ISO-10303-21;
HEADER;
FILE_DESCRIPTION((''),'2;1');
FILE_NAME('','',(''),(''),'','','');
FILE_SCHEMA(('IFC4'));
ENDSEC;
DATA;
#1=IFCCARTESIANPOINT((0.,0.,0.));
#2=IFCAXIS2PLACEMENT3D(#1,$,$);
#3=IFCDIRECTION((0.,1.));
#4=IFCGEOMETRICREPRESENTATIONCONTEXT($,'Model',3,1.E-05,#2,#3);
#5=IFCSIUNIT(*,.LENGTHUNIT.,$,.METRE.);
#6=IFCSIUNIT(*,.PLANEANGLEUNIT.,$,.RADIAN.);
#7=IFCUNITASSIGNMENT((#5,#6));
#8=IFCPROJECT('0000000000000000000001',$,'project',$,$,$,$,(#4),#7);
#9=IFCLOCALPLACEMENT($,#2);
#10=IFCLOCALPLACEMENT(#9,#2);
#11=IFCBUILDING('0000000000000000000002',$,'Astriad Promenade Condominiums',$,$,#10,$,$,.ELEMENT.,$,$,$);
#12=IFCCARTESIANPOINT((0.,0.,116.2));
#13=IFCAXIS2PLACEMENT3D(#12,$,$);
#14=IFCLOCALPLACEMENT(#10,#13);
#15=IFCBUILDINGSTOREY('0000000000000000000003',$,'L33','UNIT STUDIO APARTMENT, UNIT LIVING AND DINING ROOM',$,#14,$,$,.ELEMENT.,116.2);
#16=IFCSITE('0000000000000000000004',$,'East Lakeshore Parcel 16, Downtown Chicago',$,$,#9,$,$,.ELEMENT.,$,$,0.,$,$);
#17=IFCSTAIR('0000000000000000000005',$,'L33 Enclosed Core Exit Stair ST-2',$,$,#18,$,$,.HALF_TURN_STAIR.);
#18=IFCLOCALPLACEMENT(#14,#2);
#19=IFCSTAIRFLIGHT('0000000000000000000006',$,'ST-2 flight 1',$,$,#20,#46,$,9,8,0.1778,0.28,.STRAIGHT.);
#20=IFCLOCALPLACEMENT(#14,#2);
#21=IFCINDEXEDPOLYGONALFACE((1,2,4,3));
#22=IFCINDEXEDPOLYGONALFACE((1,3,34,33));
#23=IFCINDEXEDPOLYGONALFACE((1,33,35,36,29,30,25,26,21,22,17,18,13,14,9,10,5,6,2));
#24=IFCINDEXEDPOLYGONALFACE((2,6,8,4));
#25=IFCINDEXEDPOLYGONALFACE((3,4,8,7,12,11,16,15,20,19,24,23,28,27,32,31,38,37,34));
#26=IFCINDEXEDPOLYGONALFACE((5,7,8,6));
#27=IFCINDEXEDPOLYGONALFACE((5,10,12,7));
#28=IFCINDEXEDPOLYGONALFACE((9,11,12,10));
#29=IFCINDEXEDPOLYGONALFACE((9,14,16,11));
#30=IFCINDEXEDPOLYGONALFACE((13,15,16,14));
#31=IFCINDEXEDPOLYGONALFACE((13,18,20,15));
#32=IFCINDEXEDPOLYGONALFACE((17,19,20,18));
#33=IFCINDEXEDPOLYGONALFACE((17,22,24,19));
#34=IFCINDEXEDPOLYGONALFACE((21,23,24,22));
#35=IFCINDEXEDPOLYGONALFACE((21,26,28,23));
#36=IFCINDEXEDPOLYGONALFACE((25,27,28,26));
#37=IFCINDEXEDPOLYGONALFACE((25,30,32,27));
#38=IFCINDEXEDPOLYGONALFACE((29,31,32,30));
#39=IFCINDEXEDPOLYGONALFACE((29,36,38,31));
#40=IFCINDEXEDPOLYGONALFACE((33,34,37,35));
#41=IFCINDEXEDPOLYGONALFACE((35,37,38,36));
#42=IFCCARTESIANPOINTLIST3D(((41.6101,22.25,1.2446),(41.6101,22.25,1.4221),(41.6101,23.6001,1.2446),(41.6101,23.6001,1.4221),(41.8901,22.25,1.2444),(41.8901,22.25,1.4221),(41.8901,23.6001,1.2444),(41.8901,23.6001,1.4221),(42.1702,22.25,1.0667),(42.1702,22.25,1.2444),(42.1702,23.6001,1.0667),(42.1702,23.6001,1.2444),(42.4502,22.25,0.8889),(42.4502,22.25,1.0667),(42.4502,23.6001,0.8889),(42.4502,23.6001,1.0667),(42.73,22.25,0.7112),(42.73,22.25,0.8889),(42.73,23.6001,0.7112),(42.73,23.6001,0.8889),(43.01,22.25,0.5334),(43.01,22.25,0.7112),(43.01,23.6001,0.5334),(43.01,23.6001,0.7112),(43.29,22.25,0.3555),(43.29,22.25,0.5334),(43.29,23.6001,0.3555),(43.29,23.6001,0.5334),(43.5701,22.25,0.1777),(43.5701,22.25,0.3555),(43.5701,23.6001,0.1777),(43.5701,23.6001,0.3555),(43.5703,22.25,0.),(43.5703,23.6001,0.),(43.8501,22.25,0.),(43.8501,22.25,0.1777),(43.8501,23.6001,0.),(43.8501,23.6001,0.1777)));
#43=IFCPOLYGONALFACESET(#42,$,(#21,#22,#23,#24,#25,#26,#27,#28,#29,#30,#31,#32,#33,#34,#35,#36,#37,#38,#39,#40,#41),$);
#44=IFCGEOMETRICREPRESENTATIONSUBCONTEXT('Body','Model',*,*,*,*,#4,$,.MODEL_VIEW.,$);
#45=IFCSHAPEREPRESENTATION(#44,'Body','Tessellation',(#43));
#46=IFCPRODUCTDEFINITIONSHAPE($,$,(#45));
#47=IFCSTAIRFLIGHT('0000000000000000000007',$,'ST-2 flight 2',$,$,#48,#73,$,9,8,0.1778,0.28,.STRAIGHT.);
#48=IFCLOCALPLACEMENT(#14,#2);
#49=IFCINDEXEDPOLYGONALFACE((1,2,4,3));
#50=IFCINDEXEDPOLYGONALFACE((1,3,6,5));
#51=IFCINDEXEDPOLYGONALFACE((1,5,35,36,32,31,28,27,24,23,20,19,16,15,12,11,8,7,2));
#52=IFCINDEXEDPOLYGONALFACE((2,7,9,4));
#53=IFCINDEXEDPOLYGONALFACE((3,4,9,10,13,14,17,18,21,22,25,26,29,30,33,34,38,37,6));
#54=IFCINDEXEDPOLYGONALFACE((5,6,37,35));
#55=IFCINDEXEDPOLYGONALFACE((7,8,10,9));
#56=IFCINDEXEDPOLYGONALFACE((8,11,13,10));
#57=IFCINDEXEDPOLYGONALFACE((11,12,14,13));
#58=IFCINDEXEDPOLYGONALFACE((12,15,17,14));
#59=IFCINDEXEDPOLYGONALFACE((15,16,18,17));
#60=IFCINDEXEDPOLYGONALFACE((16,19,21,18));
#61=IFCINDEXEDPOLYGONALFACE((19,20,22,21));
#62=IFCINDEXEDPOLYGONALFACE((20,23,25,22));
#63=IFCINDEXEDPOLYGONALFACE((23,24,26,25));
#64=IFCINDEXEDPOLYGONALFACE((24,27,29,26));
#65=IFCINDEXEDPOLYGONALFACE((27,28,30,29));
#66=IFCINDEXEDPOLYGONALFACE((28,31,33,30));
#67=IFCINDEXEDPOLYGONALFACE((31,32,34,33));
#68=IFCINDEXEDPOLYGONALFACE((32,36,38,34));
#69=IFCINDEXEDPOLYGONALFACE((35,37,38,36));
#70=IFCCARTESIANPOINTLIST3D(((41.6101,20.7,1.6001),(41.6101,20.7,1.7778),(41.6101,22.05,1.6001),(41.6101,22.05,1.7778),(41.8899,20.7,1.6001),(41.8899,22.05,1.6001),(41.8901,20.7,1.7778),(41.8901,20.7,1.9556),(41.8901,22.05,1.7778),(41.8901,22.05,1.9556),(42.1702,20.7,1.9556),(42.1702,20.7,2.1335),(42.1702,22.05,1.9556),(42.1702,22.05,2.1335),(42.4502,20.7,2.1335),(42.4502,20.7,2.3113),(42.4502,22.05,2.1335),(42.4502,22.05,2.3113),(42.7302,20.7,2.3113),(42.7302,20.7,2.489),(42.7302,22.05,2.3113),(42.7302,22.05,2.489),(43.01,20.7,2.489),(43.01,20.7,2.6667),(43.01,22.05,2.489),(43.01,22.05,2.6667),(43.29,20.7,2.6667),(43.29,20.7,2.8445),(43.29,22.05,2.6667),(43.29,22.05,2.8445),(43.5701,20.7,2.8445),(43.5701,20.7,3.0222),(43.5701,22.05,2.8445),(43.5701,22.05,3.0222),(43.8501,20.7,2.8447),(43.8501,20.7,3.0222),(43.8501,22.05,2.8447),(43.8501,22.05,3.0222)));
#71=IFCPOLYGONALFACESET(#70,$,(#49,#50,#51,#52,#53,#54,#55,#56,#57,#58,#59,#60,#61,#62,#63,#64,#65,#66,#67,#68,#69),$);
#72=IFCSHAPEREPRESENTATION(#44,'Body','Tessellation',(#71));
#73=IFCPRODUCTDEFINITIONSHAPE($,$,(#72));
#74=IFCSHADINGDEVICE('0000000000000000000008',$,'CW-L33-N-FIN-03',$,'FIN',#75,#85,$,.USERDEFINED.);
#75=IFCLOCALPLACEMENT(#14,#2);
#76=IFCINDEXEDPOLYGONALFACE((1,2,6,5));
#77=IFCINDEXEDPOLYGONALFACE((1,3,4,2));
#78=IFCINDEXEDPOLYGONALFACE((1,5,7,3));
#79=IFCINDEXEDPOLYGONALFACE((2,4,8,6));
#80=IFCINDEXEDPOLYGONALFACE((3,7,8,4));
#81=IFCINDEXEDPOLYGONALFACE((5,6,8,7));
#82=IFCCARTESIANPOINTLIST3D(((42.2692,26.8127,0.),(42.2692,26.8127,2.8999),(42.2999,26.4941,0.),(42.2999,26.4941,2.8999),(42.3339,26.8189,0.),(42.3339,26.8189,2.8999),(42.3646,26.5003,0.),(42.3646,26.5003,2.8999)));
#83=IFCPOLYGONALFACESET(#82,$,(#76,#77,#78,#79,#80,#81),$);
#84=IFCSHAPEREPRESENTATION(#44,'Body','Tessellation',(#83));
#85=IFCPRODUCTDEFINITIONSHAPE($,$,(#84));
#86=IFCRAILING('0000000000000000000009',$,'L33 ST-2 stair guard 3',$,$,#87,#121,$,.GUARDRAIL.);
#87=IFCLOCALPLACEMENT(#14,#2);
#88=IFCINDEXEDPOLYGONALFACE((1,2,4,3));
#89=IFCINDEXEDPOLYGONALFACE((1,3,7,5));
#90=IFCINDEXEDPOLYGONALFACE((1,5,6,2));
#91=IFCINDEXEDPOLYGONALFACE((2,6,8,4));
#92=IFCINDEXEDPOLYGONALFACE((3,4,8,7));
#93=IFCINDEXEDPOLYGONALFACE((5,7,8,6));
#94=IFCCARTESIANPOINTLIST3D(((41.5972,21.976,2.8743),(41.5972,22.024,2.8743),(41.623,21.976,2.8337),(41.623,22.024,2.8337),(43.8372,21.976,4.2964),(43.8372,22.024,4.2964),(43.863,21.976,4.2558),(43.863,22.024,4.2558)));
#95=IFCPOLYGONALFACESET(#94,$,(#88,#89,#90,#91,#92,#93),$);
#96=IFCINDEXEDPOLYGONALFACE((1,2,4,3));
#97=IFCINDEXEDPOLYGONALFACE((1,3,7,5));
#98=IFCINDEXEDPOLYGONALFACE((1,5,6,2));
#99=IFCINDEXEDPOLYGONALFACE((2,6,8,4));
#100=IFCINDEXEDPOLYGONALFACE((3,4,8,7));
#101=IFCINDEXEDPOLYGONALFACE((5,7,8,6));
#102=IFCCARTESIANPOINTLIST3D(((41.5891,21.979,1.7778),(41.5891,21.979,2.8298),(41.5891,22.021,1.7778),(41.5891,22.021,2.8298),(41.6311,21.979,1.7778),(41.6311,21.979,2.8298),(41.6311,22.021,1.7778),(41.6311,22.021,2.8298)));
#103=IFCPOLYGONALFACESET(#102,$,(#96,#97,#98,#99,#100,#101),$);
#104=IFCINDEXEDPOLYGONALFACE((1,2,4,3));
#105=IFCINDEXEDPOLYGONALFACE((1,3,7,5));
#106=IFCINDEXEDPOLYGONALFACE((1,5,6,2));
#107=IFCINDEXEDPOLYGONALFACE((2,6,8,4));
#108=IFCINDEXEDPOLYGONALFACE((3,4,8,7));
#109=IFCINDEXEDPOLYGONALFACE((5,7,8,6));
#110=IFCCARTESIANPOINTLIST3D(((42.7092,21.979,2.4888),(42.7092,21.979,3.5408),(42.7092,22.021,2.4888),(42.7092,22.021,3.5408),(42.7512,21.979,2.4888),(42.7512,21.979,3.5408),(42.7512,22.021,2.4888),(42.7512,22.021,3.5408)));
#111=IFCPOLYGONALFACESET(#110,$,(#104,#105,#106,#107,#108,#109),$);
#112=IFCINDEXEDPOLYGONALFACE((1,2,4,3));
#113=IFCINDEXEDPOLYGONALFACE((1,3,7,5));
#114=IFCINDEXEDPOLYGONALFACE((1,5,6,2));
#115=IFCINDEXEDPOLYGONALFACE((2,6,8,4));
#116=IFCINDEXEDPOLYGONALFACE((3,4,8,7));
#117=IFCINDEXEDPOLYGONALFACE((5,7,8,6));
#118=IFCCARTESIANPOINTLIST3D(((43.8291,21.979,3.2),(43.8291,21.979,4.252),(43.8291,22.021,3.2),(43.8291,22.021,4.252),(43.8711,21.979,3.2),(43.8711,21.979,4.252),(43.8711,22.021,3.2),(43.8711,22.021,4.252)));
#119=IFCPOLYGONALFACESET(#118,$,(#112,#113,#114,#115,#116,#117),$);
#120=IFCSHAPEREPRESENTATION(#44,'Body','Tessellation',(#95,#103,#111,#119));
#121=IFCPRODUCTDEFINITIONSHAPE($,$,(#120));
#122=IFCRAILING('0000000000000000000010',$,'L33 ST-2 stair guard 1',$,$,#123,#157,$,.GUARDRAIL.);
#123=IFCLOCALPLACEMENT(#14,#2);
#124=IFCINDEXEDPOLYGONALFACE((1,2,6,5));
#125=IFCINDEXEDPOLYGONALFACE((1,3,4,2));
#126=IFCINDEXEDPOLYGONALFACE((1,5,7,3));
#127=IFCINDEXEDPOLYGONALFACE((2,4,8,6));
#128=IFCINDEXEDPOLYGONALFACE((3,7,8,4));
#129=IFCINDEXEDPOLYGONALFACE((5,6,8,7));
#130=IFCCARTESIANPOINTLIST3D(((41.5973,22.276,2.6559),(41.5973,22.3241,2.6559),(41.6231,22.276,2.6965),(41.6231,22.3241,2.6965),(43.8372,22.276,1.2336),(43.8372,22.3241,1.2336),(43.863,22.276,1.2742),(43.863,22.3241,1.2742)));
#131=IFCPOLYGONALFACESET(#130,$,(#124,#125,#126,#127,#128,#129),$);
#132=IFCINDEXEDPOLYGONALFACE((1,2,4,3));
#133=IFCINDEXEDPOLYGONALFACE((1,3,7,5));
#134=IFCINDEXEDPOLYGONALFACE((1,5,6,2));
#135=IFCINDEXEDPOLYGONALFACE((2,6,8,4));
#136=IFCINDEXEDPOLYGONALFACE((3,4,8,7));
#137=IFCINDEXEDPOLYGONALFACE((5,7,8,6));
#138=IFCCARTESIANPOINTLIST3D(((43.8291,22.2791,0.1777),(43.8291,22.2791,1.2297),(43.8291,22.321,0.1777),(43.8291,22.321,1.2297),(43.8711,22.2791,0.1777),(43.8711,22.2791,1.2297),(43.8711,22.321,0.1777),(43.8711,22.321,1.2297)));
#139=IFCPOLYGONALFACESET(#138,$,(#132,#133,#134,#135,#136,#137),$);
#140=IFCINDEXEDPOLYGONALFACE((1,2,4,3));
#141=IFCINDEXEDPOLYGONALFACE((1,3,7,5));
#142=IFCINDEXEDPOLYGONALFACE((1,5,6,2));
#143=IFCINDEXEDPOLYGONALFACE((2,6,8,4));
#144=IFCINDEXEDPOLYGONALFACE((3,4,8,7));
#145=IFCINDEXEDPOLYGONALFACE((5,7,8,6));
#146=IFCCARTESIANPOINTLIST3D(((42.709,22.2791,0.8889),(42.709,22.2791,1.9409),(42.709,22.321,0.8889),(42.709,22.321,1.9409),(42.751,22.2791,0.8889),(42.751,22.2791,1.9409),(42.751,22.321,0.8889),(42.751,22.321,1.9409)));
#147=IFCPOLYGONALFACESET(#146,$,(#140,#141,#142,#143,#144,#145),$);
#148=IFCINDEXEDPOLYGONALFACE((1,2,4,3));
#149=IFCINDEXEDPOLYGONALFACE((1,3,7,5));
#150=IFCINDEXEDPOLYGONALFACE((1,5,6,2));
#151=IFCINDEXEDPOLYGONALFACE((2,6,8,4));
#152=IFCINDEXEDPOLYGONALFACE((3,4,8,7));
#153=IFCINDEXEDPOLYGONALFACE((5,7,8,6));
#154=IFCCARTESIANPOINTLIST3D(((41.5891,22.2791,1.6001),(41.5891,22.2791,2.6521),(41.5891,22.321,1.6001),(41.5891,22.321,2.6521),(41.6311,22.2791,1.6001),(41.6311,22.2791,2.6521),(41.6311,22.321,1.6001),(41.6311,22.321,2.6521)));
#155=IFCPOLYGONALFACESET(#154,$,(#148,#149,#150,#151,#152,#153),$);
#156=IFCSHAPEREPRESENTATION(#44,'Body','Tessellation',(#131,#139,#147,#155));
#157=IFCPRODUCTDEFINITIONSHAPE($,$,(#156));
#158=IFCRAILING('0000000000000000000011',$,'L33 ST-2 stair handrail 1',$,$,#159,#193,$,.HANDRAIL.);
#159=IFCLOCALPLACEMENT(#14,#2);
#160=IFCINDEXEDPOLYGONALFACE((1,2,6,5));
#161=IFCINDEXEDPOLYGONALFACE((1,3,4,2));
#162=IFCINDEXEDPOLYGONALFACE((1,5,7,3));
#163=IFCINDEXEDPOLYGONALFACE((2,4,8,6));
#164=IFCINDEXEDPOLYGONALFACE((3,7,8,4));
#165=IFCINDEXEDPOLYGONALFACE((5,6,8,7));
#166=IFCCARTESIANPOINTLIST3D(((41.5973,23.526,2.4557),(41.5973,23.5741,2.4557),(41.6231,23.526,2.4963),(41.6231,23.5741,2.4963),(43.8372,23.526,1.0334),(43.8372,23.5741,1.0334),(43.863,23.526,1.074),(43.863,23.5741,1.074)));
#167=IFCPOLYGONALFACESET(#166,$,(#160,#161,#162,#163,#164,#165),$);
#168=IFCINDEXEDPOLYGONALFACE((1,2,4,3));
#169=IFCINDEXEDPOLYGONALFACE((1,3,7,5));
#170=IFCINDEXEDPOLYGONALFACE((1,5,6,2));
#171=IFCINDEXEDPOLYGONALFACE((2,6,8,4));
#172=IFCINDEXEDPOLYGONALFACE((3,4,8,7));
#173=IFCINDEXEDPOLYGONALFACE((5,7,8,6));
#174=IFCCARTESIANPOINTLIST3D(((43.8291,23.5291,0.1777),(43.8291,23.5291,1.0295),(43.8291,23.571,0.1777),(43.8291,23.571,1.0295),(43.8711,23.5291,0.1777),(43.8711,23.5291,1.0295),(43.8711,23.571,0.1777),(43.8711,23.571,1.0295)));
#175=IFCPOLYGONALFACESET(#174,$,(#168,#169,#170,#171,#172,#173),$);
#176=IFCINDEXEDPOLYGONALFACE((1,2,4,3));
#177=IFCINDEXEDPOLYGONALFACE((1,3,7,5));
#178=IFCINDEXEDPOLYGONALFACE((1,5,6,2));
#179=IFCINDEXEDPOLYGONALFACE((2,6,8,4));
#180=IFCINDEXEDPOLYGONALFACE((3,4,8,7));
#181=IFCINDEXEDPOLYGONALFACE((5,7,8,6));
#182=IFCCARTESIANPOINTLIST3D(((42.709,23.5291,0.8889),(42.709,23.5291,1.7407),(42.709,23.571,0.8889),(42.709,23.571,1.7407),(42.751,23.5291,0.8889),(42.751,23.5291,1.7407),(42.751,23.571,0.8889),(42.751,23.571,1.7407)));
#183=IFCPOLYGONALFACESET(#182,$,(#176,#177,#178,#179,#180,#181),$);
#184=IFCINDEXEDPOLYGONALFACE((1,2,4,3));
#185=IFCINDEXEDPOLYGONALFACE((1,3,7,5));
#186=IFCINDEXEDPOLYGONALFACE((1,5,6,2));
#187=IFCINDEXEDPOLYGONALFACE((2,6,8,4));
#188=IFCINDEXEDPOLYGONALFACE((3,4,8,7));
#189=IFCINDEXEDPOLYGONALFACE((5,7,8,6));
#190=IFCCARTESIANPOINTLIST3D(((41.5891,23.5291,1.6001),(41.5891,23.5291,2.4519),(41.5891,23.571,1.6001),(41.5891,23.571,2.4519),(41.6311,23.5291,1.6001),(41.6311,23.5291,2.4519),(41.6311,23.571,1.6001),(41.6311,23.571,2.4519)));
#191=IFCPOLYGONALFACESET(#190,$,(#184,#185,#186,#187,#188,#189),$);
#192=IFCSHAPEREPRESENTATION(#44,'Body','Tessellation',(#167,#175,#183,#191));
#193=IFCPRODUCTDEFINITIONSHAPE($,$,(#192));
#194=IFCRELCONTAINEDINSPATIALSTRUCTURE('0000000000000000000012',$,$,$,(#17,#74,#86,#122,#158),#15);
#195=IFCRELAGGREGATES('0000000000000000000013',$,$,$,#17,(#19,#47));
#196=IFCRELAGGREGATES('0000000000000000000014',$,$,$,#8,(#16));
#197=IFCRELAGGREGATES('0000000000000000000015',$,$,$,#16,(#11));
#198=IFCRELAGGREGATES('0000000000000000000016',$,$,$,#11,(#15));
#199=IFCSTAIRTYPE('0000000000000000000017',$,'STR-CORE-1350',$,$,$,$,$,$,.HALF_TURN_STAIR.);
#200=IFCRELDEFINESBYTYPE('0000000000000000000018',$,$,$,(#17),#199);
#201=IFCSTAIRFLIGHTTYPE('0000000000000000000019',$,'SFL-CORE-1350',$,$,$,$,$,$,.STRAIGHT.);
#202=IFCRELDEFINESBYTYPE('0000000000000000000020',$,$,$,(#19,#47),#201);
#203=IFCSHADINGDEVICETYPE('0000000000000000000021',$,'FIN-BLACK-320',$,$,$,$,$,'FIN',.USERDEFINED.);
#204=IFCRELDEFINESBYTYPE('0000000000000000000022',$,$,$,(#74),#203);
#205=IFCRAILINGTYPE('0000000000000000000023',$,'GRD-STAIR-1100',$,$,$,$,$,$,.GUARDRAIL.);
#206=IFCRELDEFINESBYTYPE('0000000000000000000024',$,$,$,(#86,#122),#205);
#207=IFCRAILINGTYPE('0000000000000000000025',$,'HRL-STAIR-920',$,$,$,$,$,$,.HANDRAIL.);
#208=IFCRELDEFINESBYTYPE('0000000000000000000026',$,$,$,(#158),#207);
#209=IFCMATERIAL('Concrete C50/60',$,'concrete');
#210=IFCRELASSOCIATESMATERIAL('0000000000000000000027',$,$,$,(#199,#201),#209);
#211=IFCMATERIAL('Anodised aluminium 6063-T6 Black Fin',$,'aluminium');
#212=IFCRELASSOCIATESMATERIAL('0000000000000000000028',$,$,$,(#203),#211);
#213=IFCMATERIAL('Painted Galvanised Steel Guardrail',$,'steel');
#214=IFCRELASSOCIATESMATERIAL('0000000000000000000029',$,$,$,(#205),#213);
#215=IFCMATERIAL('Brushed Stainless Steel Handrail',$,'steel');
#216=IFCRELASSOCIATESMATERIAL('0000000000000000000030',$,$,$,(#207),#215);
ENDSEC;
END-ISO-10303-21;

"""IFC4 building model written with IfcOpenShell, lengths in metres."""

from ifc_helpers import new_model, si_unit, direction, frame, origin, origin_2d, place, context, subcontext, project, spatial, polyline, rectangle, outline, extrude, source, transform, mapped, material, type_object, type_shapes, element, aggregate, save


model = new_model("IFC4")

# Units and contexts
model_context = context("Model", 3, precision=1e-05, world=origin(), true_north=direction((0.0, 1.0)))
body_context = subcontext(model_context, "Body", "Model", "MODEL_VIEW")
ifc_project = project(units=[si_unit("LENGTHUNIT", "METRE"), si_unit("PLANEANGLEUNIT", "RADIAN")], contexts=[model_context])

# Site, building, storey
site_placement = place(None, origin())
site = spatial("IfcSite", under=ifc_project, at=site_placement, Name="East Lakeshore Parcel 16, Downtown Chicago", CompositionType="ELEMENT", RefElevation=0.0)
building_placement = place(site_placement, origin())
building = spatial("IfcBuilding", under=site, at=building_placement, Name="Astriad Promenade Condominiums", CompositionType="ELEMENT")
storey_placement = place(building_placement, frame((0.0, 0.0, 116.2)))
storey = spatial("IfcBuildingStorey", under=building, at=storey_placement, Name="L33", Description="UNIT STUDIO APARTMENT, UNIT LIVING AND DINING ROOM", CompositionType="ELEMENT", Elevation=116.2)

# Stair, stair flights
ifc_material_1 = material(Name="Concrete C50/60", Category="concrete")
stair_type = type_object("IfcStairType", Name="STR-CORE-1350", PredefinedType="HALF_TURN_STAIR", material=ifc_material_1)
stair_placement = place(storey_placement, origin())
stair = element("IfcStair", 1, at=stair_placement, inside=storey, type_object=stair_type, Name="L33 Enclosed Core Exit Stair ST-2", PredefinedType="HALF_TURN_STAIR")
stair_flight_type = type_object("IfcStairFlightType", Name="SFL-CORE-1350", PredefinedType="STRAIGHT", material=ifc_material_1)
shared_shape_1 = source(origin(), body_context, "Body", "SweptSolid", [
    extrude(outline(polyline([(0.0, 0.0), (0.0, 0.1777), (0.28, 0.1777), (0.28, 0.3555), (0.5601, 0.3555), (0.5601, 0.5334), (0.8401, 0.5334), (0.8401, 0.7112), (1.1201, 0.7112), (1.1201, 0.8889), (1.3999, 0.8889), (1.3999, 1.0667), (1.6799, 1.0667), (1.6799, 1.2444), (1.96, 1.2444), (1.96, 1.4221), (2.24, 1.4221), (2.24, 1.6001), (2.24, 1.2446), (0.2798, 0.0), (0.0, 0.0)])), frame((0.0, 0.675, 0.0), z_axis=(0.0, -1.0, 0.0), x_axis=(1.0, 0.0, 0.0)), (0.0, 0.0, 1.0), 1.3501),
])
type_shapes(stair_flight_type, [shared_shape_1])
stair_flight_1_placement = place(storey_placement, frame((43.8501, 22.925, 0.0), z_axis=(0.0, 0.0, 1.0), x_axis=(-1.0, 0.0, 0.0)))
stair_flight_1 = element("IfcStairFlight", 2, at=stair_flight_1_placement, type_object=stair_flight_type, Name="ST-2 flight 1", NumberOfRisers=9, NumberOfTreads=8, PredefinedType="STRAIGHT", RiserHeight=0.1778, TreadLength=0.28, context=body_context, shape_type="MappedRepresentation", body=[
    mapped(shared_shape_1, transform((0.0, 0.0, 0.0), scale=1.0)),
])
stair_flight_2_placement = place(storey_placement, frame((41.6101, 21.375, 1.6001), z_axis=(0.0, 0.0, 1.0), x_axis=(1.0, 0.0, 0.0)))
stair_flight_2 = element("IfcStairFlight", 3, at=stair_flight_2_placement, type_object=stair_flight_type, Name="ST-2 flight 2", NumberOfRisers=9, NumberOfTreads=8, PredefinedType="STRAIGHT", RiserHeight=0.1778, TreadLength=0.28, context=body_context, shape_type="MappedRepresentation", body=[
    mapped(shared_shape_1, transform((0.0, 0.0, 0.0), scale=1.0)),
])
aggregate(stair, [stair_flight_1, stair_flight_2])

# Shading device
ifc_material_2 = material(Name="Anodised aluminium 6063-T6 Black Fin", Category="aluminium")
shading_device_type = type_object("IfcShadingDeviceType", Name="FIN-BLACK-320", ElementType="FIN", PredefinedType="USERDEFINED", material=ifc_material_2)
shared_shape_2 = source(origin(), body_context, "Body", "SweptSolid", [
    extrude(rectangle(XDim=0.0649, YDim=0.3201, at=origin_2d()), origin(), (0.0, 0.0, 1.0), 2.8999),
])
type_shapes(shading_device_type, [shared_shape_2])
shading_device_placement = place(storey_placement, frame((42.3169, 26.6565, 0.0), z_axis=(0.0, 0.0, 1.0), x_axis=(0.995396, 0.095846, 0.0)))
element("IfcShadingDevice", 4, at=shading_device_placement, inside=storey, type_object=shading_device_type, Name="CW-L33-N-FIN-03", ObjectType="FIN", PredefinedType="USERDEFINED", context=body_context, shape_type="MappedRepresentation", body=[
    mapped(shared_shape_2, transform((0.0, 0.0, 0.0), scale=1.0)),
])

# Railings
ifc_material_3 = material(Name="Painted Galvanised Steel Guardrail", Category="steel")
railing_type_1 = type_object("IfcRailingType", Name="GRD-STAIR-1100", PredefinedType="GUARDRAIL", material=ifc_material_3)
shared_shape_3 = source(origin(), body_context, "Body", "SweptSolid", [
    extrude(rectangle(XDim=0.0481, YDim=0.0481, at=origin_2d()), frame((0.0, 0.0, 1.0762), z_axis=(0.844229, 0.0, 0.535982), x_axis=(0.0, 1.0, 0.0)), (0.0, 0.0, 1.0), 2.6533),
    extrude(rectangle(XDim=0.042, YDim=0.042, at=origin_2d()), origin(), (0.0, 0.0, 1.0), 1.052),
    extrude(rectangle(XDim=0.042, YDim=0.042, at=origin_2d()), frame((1.1201, 0.0, 0.7109)), (0.0, 0.0, 1.0), 1.052),
    extrude(rectangle(XDim=0.042, YDim=0.042, at=origin_2d()), frame((2.24, 0.0, 1.4221)), (0.0, 0.0, 1.0), 1.052),
])
railing_1_placement = place(storey_placement, frame((41.6101, 22.0, 1.7778)))
element("IfcRailing", 5, at=railing_1_placement, inside=storey, type_object=railing_type_1, Name="L33 ST-2 stair guard 3", PredefinedType="GUARDRAIL", context=body_context, shape_type="MappedRepresentation", body=[
    mapped(shared_shape_3, transform((0.0, 0.0, 0.0), scale=1.0)),
])
shared_shape_4 = source(origin(), body_context, "Body", "SweptSolid", [
    extrude(rectangle(XDim=0.0481, YDim=0.0481, at=origin_2d()), frame((0.0, 0.0, 1.0762), z_axis=(-0.844188, 0.0, 0.536048), x_axis=(0.0, -1.0, 0.0)), (0.0, 0.0, 1.0), 2.6533),
    extrude(rectangle(XDim=0.042, YDim=0.042, at=origin_2d()), origin(), (0.0, 0.0, 1.0), 1.052),
    extrude(rectangle(XDim=0.042, YDim=0.042, at=origin_2d()), frame((-1.1201, 0.0, 0.7112)), (0.0, 0.0, 1.0), 1.052),
    extrude(rectangle(XDim=0.042, YDim=0.042, at=origin_2d()), frame((-2.24, 0.0, 1.4224)), (0.0, 0.0, 1.0), 1.052),
])
railing_2_placement = place(storey_placement, frame((43.8501, 22.3, 0.1777)))
element("IfcRailing", 6, at=railing_2_placement, inside=storey, type_object=railing_type_1, Name="L33 ST-2 stair guard 1", PredefinedType="GUARDRAIL", context=body_context, shape_type="MappedRepresentation", body=[
    mapped(shared_shape_4, transform((0.0, 0.0, 0.0), scale=1.0)),
])
ifc_material_4 = material(Name="Brushed Stainless Steel Handrail", Category="steel")
railing_type_2 = type_object("IfcRailingType", Name="HRL-STAIR-920", PredefinedType="HANDRAIL", material=ifc_material_4)
shared_shape_5 = source(origin(), body_context, "Body", "SweptSolid", [
    extrude(rectangle(XDim=0.0481, YDim=0.0481, at=origin_2d()), frame((0.0, 0.0, 0.876), z_axis=(-0.844188, 0.0, 0.536048), x_axis=(0.0, -1.0, 0.0)), (0.0, 0.0, 1.0), 2.6533),
    extrude(rectangle(XDim=0.042, YDim=0.042, at=origin_2d()), origin(), (0.0, 0.0, 1.0), 0.8518),
    extrude(rectangle(XDim=0.042, YDim=0.042, at=origin_2d()), frame((-1.1201, 0.0, 0.7112)), (0.0, 0.0, 1.0), 0.8518),
    extrude(rectangle(XDim=0.042, YDim=0.042, at=origin_2d()), frame((-2.24, 0.0, 1.4224)), (0.0, 0.0, 1.0), 0.8518),
])
type_shapes(railing_type_2, [shared_shape_5])
railing_3_placement = place(storey_placement, frame((43.8501, 23.55, 0.1777)))
element("IfcRailing", 7, at=railing_3_placement, inside=storey, type_object=railing_type_2, Name="L33 ST-2 stair handrail 1", PredefinedType="HANDRAIL", context=body_context, shape_type="MappedRepresentation", body=[
    mapped(shared_shape_5, transform((0.0, 0.0, 0.0), scale=1.0)),
])

save(model, "model.ifc")
